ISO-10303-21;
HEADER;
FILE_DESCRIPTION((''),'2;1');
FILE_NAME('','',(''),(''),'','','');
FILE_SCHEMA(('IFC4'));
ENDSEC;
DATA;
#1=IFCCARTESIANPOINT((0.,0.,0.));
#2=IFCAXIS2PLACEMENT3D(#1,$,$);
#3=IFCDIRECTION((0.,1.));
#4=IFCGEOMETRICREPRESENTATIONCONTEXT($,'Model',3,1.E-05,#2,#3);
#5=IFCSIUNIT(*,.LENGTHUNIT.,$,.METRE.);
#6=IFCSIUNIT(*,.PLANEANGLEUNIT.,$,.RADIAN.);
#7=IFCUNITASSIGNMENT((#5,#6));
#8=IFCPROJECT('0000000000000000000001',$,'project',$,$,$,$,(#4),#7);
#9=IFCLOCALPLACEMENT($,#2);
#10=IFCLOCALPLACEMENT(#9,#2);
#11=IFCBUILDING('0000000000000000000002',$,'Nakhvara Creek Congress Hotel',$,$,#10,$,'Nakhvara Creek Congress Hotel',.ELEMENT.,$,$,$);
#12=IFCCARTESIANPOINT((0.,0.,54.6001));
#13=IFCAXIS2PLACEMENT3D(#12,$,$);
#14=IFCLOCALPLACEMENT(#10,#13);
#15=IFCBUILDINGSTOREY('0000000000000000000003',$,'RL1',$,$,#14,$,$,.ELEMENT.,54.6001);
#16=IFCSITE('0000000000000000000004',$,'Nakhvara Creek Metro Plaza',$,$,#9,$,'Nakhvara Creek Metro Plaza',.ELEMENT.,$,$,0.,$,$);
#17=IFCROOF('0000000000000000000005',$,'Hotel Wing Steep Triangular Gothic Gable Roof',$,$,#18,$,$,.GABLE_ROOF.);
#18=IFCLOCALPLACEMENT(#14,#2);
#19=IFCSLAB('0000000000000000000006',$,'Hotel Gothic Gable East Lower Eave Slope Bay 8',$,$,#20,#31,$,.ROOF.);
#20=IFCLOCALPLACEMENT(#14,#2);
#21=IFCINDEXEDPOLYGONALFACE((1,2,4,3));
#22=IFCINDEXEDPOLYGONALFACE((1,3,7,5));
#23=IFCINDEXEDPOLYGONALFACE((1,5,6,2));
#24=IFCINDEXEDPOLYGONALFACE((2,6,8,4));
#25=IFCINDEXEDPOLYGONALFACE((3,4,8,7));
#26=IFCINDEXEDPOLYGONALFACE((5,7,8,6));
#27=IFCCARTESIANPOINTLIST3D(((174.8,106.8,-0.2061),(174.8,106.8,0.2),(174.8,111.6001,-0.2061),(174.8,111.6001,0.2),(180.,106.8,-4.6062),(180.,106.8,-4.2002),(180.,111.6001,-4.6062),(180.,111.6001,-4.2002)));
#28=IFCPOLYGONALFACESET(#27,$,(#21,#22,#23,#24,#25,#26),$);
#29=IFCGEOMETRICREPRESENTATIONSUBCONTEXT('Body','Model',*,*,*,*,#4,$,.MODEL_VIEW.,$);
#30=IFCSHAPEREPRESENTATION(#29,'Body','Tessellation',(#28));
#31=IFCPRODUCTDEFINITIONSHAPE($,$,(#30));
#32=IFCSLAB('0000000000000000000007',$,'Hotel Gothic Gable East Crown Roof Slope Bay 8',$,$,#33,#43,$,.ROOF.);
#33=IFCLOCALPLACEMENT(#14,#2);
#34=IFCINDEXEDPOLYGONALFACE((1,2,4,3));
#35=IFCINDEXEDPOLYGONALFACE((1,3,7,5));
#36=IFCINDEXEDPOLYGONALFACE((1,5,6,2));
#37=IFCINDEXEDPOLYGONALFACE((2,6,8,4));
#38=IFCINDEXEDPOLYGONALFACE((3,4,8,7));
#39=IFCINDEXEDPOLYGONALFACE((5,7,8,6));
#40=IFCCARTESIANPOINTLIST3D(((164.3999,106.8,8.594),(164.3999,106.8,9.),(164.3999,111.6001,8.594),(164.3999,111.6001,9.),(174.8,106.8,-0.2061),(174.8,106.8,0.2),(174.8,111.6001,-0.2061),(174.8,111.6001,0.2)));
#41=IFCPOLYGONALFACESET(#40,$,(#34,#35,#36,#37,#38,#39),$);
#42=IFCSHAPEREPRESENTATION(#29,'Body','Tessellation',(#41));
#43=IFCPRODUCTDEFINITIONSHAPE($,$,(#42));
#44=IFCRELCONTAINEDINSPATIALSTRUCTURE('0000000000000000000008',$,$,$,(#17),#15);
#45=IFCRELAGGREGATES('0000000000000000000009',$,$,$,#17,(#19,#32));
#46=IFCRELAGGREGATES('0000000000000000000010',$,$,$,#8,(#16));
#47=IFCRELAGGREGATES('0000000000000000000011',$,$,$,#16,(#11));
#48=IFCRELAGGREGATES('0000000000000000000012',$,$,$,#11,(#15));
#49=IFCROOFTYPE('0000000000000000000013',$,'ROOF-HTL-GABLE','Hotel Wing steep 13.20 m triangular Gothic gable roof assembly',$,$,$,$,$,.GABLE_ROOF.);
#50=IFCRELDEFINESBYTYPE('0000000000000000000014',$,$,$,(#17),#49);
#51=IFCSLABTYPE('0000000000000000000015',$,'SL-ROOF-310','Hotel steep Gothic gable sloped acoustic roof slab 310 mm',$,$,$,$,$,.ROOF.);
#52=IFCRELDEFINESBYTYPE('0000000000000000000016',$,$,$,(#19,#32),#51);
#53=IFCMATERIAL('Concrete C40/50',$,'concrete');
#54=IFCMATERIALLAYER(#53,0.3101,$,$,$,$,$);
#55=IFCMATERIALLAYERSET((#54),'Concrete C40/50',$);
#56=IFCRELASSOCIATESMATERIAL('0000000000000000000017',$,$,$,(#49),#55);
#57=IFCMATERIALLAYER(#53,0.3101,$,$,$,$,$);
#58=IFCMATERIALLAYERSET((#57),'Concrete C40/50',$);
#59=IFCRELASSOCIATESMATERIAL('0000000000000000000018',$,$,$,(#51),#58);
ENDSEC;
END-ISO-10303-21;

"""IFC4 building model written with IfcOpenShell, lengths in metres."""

from ifc_helpers import new_model, si_unit, direction, frame, origin, place, context, subcontext, project, spatial, polyline, outline, extrude, material, layer, layer_set, type_object, element, aggregate, save


model = new_model("IFC4")

# Units and contexts
model_context = context("Model", 3, precision=1e-05, world=origin(), true_north=direction((0.0, 1.0)))
body_context = subcontext(model_context, "Body", "Model", "MODEL_VIEW")
ifc_project = project(units=[si_unit("LENGTHUNIT", "METRE"), si_unit("PLANEANGLEUNIT", "RADIAN")], contexts=[model_context])

# Site, building, storey
site_placement = place(None, origin())
site = spatial("IfcSite", under=ifc_project, at=site_placement, Name="Nakhvara Creek Metro Plaza", LongName="Nakhvara Creek Metro Plaza", CompositionType="ELEMENT", RefElevation=0.0)
building_placement = place(site_placement, origin())
building = spatial("IfcBuilding", under=site, at=building_placement, Name="Nakhvara Creek Congress Hotel", LongName="Nakhvara Creek Congress Hotel", CompositionType="ELEMENT")
storey_placement = place(building_placement, frame((0.0, 0.0, 54.6001)))
storey = spatial("IfcBuildingStorey", under=building, at=storey_placement, Name="RL1", CompositionType="ELEMENT", Elevation=54.6001)

# Roof, slabs
ifc_material_1 = material(Name="Concrete C40/50", Category="concrete")
ifc_layer_1 = layer(ifc_material_1, 0.3101)
ifc_layer_set_1 = layer_set([ifc_layer_1], Name="Concrete C40/50")
roof_type = type_object("IfcRoofType", Name="ROOF-HTL-GABLE", Description="Hotel Wing steep 13.20 m triangular Gothic gable roof assembly", PredefinedType="GABLE_ROOF", material=ifc_layer_set_1)
roof_placement = place(storey_placement, origin())
roof = element("IfcRoof", 1, at=roof_placement, inside=storey, type_object=roof_type, Name="Hotel Wing Steep Triangular Gothic Gable Roof", PredefinedType="GABLE_ROOF")
ifc_layer_2 = layer(ifc_material_1, 0.3101)
ifc_layer_set_2 = layer_set([ifc_layer_2], Name="Concrete C40/50")
slab_type = type_object("IfcSlabType", Name="SL-ROOF-310", Description="Hotel steep Gothic gable sloped acoustic roof slab 310 mm", PredefinedType="ROOF", material=ifc_layer_set_2)
slab_1_placement = place(storey_placement, frame((174.8, 106.8, 0.2), z_axis=(0.0, 0.0, 1.0), x_axis=(1.0, 0.0, 0.0)))
slab_1 = element("IfcSlab", 2, at=slab_1_placement, type_object=slab_type, Name="Hotel Gothic Gable East Lower Eave Slope Bay 8", PredefinedType="ROOF", context=body_context, shape_type="SweptSolid", body=[
    extrude(outline(polyline([(0.0, 0.0), (5.2, -4.4001), (5.2, -4.8062), (0.0, -0.406), (0.0, 0.0)])), frame((0.0, 4.8, 0.0), z_axis=(0.0, -1.0, 0.0), x_axis=(1.0, 0.0, 0.0)), (0.0, 0.0, 1.0), 4.8),
])
slab_2_placement = place(storey_placement, frame((164.3999, 106.8, 9.0), z_axis=(0.0, 0.0, 1.0), x_axis=(1.0, 0.0, 0.0)))
slab_2 = element("IfcSlab", 3, at=slab_2_placement, type_object=slab_type, Name="Hotel Gothic Gable East Crown Roof Slope Bay 8", PredefinedType="ROOF", context=body_context, shape_type="SweptSolid", body=[
    extrude(outline(polyline([(0.0, 0.0), (10.4001, -8.8), (10.4001, -9.2061), (0.0, -0.406), (0.0, 0.0)])), frame((0.0, 4.8, 0.0), z_axis=(0.0, -1.0, 0.0), x_axis=(1.0, 0.0, 0.0)), (0.0, 0.0, 1.0), 4.8),
])
aggregate(roof, [slab_1, slab_2])

save(model, "model.ifc")
